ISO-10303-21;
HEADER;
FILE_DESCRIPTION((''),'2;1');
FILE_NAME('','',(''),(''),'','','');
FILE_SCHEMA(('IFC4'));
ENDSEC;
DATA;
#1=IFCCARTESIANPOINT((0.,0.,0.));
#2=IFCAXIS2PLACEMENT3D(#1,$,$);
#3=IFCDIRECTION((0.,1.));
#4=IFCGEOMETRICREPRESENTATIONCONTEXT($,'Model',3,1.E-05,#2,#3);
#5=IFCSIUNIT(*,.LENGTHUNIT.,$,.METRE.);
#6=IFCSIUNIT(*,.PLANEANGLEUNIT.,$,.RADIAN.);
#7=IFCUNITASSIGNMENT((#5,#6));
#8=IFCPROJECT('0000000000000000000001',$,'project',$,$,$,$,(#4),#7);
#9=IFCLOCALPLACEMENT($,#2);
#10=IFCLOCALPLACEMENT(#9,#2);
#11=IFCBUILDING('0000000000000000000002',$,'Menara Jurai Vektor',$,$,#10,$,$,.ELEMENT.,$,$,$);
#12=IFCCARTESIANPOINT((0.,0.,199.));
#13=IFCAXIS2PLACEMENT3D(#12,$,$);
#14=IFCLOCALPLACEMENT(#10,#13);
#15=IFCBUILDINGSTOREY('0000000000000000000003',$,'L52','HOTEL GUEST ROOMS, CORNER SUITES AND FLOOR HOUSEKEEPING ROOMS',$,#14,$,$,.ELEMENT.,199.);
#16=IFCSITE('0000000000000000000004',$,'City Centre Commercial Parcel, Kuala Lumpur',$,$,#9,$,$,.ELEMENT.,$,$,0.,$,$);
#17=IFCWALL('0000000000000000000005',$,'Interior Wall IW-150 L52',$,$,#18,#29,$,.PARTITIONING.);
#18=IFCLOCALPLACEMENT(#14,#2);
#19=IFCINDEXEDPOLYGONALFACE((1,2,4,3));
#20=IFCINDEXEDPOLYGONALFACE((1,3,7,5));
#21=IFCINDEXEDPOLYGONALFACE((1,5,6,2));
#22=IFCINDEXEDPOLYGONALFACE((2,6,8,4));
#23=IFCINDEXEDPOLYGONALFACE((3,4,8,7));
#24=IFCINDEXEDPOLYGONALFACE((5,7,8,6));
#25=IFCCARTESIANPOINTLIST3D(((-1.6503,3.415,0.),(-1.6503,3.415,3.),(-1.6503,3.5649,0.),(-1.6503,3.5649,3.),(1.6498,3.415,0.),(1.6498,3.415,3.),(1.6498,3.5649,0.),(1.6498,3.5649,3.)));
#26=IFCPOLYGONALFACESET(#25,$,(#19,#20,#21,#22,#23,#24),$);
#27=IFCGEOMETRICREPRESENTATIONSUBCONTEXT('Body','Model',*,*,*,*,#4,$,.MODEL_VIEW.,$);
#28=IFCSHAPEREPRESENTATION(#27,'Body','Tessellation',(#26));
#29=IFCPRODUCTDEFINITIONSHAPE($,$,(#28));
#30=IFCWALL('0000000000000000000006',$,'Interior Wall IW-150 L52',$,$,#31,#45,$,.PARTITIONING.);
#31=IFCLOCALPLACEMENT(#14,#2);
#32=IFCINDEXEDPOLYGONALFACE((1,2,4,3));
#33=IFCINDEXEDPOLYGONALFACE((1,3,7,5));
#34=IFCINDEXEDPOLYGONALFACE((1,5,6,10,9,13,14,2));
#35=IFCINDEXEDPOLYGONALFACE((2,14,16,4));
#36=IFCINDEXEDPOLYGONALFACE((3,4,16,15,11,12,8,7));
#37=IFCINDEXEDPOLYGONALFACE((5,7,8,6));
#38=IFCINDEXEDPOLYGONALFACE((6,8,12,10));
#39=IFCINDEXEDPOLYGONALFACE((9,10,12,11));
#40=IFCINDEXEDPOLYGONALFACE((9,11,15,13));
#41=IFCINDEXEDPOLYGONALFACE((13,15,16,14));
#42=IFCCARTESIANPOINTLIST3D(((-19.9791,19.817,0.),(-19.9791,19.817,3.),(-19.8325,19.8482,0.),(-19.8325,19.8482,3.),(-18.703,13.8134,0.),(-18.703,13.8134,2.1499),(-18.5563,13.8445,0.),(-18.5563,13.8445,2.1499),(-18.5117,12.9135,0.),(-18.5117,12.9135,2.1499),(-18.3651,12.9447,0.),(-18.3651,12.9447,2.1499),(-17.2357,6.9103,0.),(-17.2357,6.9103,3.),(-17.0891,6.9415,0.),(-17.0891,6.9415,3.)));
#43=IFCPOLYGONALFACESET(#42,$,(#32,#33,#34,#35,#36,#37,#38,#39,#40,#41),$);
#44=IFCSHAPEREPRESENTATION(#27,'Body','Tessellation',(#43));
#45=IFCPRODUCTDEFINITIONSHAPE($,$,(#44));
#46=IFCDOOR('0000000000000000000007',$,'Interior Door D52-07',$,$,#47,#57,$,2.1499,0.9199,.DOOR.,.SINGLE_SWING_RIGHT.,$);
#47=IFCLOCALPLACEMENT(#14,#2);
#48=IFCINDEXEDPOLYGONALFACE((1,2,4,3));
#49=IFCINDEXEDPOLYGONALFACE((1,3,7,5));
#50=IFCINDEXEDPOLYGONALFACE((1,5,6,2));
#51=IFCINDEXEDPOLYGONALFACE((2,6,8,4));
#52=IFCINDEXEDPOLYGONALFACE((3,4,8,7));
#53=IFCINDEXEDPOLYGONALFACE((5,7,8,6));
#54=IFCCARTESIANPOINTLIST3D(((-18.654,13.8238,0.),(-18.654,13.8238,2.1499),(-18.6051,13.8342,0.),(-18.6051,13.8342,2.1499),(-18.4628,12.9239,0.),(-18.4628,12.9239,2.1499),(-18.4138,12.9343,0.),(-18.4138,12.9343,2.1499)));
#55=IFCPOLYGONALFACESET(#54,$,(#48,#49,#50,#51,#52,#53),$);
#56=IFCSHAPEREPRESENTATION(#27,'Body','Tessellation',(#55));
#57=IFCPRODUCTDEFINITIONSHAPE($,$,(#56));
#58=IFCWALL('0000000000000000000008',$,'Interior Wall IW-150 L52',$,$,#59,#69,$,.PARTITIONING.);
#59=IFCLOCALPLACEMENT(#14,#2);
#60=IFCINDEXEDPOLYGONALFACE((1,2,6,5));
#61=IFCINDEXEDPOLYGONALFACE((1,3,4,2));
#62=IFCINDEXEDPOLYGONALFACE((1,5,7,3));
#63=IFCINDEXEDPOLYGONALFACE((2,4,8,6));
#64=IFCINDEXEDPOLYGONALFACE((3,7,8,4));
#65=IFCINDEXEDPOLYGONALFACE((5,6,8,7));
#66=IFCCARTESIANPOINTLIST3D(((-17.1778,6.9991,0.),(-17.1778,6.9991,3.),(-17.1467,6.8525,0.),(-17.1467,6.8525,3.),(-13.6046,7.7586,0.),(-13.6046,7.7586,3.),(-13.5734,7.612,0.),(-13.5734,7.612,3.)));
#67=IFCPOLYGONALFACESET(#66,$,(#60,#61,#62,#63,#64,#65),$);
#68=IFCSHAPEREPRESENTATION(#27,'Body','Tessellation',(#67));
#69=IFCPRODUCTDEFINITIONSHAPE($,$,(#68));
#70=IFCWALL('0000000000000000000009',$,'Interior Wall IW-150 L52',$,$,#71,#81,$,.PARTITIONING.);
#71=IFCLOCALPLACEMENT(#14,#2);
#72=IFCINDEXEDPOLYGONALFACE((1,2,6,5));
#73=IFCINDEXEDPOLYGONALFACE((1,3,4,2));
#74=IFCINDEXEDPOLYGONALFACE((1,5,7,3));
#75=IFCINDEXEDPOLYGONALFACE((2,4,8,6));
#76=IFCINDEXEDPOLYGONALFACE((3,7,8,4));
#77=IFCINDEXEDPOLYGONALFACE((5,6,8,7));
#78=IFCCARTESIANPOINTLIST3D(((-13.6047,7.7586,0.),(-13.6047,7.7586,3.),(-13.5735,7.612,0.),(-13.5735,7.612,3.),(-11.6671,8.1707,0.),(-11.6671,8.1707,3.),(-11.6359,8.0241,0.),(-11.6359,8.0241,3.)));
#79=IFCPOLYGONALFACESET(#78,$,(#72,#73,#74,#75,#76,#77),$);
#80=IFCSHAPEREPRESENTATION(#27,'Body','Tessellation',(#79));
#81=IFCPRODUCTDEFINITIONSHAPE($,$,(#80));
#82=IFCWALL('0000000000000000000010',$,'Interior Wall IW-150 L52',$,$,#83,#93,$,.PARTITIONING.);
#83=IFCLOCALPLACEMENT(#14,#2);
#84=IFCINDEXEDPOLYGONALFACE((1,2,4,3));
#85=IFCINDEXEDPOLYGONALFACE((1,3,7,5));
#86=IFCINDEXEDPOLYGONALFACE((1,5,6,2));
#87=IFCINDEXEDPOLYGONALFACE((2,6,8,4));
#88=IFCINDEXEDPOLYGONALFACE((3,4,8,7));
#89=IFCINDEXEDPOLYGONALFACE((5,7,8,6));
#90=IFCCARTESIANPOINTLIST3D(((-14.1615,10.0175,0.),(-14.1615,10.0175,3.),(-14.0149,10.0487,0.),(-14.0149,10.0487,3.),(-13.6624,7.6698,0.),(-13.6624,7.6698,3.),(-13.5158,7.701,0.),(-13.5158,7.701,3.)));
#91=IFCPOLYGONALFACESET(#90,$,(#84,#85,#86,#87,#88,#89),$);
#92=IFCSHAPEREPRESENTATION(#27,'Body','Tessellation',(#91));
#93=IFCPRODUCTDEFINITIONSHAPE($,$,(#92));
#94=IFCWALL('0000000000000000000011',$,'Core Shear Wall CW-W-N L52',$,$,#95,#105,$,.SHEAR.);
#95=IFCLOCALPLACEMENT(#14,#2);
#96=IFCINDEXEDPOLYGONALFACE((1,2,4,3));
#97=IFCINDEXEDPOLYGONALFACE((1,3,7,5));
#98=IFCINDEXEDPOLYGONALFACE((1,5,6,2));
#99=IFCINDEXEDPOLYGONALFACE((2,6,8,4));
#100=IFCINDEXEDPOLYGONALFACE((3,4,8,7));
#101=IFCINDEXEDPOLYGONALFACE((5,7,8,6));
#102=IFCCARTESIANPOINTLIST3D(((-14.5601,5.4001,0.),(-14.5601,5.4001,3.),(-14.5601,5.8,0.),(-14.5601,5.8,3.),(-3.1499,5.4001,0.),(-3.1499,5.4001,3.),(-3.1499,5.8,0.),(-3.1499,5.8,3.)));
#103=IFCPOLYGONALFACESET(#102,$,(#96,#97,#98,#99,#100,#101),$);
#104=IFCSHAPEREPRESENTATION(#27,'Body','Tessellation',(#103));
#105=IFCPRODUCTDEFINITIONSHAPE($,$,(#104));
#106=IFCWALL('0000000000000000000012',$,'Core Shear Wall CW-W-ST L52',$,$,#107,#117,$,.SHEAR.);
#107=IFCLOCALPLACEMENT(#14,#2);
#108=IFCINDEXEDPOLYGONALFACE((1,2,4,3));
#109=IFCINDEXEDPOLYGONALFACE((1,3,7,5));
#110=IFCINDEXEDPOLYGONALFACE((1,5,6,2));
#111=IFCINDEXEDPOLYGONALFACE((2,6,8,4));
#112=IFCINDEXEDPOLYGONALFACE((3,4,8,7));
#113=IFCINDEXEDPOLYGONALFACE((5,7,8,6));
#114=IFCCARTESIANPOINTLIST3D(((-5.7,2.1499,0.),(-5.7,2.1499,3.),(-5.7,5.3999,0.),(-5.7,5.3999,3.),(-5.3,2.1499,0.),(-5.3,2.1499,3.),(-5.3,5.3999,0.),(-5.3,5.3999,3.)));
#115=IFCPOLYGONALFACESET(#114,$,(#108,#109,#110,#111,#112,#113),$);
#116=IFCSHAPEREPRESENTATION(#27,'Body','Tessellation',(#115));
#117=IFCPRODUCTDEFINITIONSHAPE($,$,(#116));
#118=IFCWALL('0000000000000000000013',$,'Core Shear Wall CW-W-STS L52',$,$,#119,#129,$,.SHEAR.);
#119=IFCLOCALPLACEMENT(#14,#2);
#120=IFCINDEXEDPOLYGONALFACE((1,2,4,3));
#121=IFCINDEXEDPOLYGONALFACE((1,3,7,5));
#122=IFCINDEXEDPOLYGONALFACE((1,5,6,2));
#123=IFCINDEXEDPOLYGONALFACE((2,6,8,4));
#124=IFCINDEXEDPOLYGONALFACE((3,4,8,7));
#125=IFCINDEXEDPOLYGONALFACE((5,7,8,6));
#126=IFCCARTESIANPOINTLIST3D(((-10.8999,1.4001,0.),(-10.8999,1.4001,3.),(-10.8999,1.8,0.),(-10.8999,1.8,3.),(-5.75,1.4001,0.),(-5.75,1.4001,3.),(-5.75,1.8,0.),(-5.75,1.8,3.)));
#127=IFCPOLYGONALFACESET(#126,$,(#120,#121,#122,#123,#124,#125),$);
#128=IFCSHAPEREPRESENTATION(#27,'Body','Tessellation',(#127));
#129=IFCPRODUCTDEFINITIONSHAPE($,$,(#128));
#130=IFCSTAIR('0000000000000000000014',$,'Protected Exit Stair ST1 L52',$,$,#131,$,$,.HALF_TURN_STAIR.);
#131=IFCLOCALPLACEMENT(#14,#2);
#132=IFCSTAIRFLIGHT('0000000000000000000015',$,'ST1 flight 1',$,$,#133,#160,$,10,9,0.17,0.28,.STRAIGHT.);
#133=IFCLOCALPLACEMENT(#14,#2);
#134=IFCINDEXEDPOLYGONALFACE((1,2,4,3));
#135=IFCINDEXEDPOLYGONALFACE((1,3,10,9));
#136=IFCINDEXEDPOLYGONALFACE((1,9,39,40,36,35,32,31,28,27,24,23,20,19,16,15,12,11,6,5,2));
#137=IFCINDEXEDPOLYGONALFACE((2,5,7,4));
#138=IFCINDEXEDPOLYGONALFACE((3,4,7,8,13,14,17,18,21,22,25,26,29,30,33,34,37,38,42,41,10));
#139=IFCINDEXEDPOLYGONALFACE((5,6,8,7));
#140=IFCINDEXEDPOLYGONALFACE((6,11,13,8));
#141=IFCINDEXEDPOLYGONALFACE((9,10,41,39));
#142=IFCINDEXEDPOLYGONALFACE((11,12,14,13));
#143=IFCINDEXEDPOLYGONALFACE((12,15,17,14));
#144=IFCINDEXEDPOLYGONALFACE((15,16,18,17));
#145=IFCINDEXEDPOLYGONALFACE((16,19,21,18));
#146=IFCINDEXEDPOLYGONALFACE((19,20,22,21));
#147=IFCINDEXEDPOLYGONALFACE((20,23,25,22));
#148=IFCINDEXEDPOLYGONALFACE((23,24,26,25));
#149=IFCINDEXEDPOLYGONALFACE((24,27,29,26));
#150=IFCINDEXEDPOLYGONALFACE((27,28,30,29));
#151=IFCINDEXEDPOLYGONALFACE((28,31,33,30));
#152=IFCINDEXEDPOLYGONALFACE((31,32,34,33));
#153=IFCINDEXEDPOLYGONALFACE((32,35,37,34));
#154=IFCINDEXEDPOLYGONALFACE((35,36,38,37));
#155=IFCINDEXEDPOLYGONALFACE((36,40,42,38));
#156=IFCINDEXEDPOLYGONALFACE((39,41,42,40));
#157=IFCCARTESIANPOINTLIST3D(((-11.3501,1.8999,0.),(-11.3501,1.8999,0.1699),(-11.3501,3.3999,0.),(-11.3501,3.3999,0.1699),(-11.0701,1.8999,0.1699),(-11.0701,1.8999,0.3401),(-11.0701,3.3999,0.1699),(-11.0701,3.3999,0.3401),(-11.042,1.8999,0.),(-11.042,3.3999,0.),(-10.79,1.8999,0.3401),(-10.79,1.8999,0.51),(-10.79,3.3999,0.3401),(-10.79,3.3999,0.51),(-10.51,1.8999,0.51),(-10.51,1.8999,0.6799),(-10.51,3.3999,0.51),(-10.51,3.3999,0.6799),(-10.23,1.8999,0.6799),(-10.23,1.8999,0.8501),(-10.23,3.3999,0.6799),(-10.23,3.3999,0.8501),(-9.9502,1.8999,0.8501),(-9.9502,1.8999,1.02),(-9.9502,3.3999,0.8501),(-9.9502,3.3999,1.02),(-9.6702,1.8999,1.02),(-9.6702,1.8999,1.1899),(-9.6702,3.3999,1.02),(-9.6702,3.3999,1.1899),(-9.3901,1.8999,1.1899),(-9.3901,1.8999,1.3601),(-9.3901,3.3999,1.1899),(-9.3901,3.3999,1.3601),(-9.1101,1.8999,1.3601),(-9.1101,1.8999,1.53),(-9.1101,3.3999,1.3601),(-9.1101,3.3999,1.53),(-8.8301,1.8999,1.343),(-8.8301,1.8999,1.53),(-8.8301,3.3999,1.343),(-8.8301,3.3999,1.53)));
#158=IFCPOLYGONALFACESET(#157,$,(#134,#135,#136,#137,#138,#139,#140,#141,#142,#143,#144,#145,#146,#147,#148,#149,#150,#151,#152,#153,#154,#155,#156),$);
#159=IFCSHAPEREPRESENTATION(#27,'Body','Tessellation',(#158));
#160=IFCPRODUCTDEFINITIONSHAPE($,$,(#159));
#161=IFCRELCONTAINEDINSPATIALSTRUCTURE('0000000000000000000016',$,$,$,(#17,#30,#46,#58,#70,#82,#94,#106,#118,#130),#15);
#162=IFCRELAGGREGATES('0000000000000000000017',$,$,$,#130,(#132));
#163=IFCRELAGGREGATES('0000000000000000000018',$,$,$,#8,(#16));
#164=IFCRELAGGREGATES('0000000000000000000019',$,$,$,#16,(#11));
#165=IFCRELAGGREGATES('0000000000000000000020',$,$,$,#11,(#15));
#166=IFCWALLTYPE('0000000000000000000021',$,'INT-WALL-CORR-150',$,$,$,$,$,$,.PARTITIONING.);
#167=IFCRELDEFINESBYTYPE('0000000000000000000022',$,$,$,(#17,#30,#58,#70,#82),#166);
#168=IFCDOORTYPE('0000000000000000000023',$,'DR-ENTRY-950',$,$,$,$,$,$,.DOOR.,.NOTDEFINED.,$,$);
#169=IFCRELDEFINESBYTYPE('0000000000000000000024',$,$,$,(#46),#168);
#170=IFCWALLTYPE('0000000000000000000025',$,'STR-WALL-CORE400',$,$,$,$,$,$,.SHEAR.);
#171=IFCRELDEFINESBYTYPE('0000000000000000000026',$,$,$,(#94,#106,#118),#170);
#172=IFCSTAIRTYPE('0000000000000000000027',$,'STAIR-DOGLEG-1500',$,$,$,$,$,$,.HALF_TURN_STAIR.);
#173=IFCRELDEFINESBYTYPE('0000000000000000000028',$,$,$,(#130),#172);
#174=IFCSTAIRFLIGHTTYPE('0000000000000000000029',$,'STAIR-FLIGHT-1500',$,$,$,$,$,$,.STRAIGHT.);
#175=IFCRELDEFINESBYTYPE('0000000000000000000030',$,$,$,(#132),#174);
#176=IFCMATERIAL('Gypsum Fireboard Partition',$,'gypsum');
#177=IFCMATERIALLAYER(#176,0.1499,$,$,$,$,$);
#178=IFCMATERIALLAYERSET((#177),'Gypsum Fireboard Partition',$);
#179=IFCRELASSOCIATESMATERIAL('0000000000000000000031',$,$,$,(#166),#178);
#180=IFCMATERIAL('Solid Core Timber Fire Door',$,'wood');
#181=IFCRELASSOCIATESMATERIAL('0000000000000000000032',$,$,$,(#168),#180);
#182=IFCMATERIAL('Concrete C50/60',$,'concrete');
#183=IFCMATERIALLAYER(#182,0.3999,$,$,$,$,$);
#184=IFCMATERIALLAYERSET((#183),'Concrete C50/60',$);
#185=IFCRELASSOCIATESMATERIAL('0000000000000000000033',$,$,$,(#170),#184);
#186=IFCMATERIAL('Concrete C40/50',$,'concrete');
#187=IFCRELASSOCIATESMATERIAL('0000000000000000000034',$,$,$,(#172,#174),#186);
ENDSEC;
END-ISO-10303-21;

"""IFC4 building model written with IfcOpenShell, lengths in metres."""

from ifc_helpers import new_model, si_unit, direction, frame, frame_2d, origin, place, context, subcontext, project, spatial, polyline, rectangle, outline, extrude, material, layer, layer_set, type_object, element, fill, aggregate, save


model = new_model("IFC4")

# Units and contexts
model_context = context("Model", 3, precision=1e-05, world=origin(), true_north=direction((0.0, 1.0)))
body_context = subcontext(model_context, "Body", "Model", "MODEL_VIEW")
ifc_project = project(units=[si_unit("LENGTHUNIT", "METRE"), si_unit("PLANEANGLEUNIT", "RADIAN")], contexts=[model_context])

# Site, building, storey
site_placement = place(None, origin())
site = spatial("IfcSite", under=ifc_project, at=site_placement, Name="City Centre Commercial Parcel, Kuala Lumpur", CompositionType="ELEMENT", RefElevation=0.0)
building_placement = place(site_placement, origin())
building = spatial("IfcBuilding", under=site, at=building_placement, Name="Menara Jurai Vektor", CompositionType="ELEMENT")
storey_placement = place(building_placement, frame((0.0, 0.0, 199.0)))
storey = spatial("IfcBuildingStorey", under=building, at=storey_placement, Name="L52", Description="HOTEL GUEST ROOMS, CORNER SUITES AND FLOOR HOUSEKEEPING ROOMS", CompositionType="ELEMENT", Elevation=199.0)

# Shared definitions
ifc_material_1 = material(Name="Concrete C50/60", Category="concrete")

# Shared definitions
ifc_material_2 = material(Name="Concrete C40/50", Category="concrete")

# Wall
ifc_material_3 = material(Name="Gypsum Fireboard Partition", Category="gypsum")
ifc_layer_1 = layer(ifc_material_3, 0.1499)
ifc_layer_set_1 = layer_set([ifc_layer_1], Name="Gypsum Fireboard Partition")
wall_type_1 = type_object("IfcWallType", Name="INT-WALL-CORR-150", PredefinedType="PARTITIONING", material=ifc_layer_set_1)
wall_1_placement = place(storey_placement, frame((-1.6501, 3.49, 0.0), z_axis=(0.0, 0.0, 1.0), x_axis=(1.0, 0.0, 0.0)))
element("IfcWall", 1, at=wall_1_placement, inside=storey, type_object=wall_type_1, Name="Interior Wall IW-150 L52", PredefinedType="PARTITIONING", context=body_context, shape_type="SweptSolid", body=[
    extrude(rectangle(XDim=3.3, YDim=0.1499, at=frame_2d((1.6499, 0.0))), origin(), (0.0, 0.0, 1.0), 3.0),
])

# Wall, opening, door
wall_2_placement = place(storey_placement, frame((-17.1624, 6.9258, 0.0), z_axis=(0.0, 0.0, 1.0), x_axis=(-0.207911, 0.978148, 0.0)))
wall_2 = element("IfcWall", 2, at=wall_2_placement, inside=storey, type_object=wall_type_1, Name="Interior Wall IW-150 L52", PredefinedType="PARTITIONING", context=body_context, shape_type="SweptSolid", body=[
    extrude(rectangle(XDim=13.1951, YDim=0.1499, at=frame_2d((6.5977, 0.0))), origin(), (0.0, 0.0, 1.0), 3.0),
])
opening_1_placement = place(wall_2_placement, frame((6.1375, 0.0, 0.0)))
opening_1 = element("IfcOpeningElement", 3, at=opening_1_placement, cuts=wall_2, PredefinedType="OPENING", context=body_context, shape_type="SweptSolid", body=[
    extrude(rectangle(XDim=0.9199, YDim=2.1499, at=frame_2d((0.46, 1.075))), frame((0.0, 0.085, 0.0), z_axis=(0.0, -1.0, 0.0), x_axis=(1.0, 0.0, 0.0)), (0.0, 0.0, 1.0), 0.1699),
])
ifc_material_4 = material(Name="Solid Core Timber Fire Door", Category="wood")
door_type_1 = type_object("IfcDoorType", Name="DR-ENTRY-950", OperationType="NOTDEFINED", PredefinedType="DOOR", material=ifc_material_4)
door_1_placement = place(opening_1_placement, origin())
door_1 = element("IfcDoor", 4, at=door_1_placement, inside=storey, type_object=door_type_1, Name="Interior Door D52-07", OperationType="SINGLE_SWING_RIGHT", OverallHeight=2.1499, OverallWidth=0.9199, PredefinedType="DOOR", context=body_context, shape_type="SweptSolid", body=[
    extrude(rectangle(XDim=0.9199, YDim=2.1499, at=frame_2d((0.46, 1.075))), frame((0.0, 0.0249, 0.0), z_axis=(0.0, -1.0, 0.0), x_axis=(1.0, 0.0, 0.0)), (0.0, 0.0, 1.0), 0.05),
])
fill(opening_1, door_1)

# Wall
wall_3_placement = place(storey_placement, frame((-17.1624, 6.9258, 0.0), z_axis=(0.0, 0.0, 1.0), x_axis=(0.978147, 0.207913, 0.0)))
element("IfcWall", 5, at=wall_3_placement, inside=storey, type_object=wall_type_1, Name="Interior Wall IW-150 L52", PredefinedType="PARTITIONING", context=body_context, shape_type="SweptSolid", body=[
    extrude(rectangle(XDim=3.6531, YDim=0.1499, at=frame_2d((1.8267, 0.0))), origin(), (0.0, 0.0, 1.0), 3.0),
])

# Walls
wall_4_placement = place(storey_placement, frame((-13.5891, 7.6853, 0.0), z_axis=(0.0, 0.0, 1.0), x_axis=(0.978119, 0.208047, 0.0)))
element("IfcWall", 6, at=wall_4_placement, inside=storey, type_object=wall_type_1, Name="Interior Wall IW-150 L52", PredefinedType="PARTITIONING", context=body_context, shape_type="SweptSolid", body=[
    extrude(rectangle(XDim=1.981, YDim=0.1499, at=frame_2d((0.9905, 0.0))), origin(), (0.0, 0.0, 1.0), 3.0),
])
wall_5_placement = place(storey_placement, frame((-13.5891, 7.6853, 0.0), z_axis=(0.0, 0.0, 1.0), x_axis=(-0.207917, 0.978146, 0.0)))
element("IfcWall", 7, at=wall_5_placement, inside=storey, type_object=wall_type_1, Name="Interior Wall IW-150 L52", PredefinedType="PARTITIONING", context=body_context, shape_type="SweptSolid", body=[
    extrude(rectangle(XDim=2.4001, YDim=0.1499, at=frame_2d((1.2002, 0.0))), origin(), (0.0, 0.0, 1.0), 3.0),
])

# Walls
ifc_layer_2 = layer(ifc_material_1, 0.3999)
ifc_layer_set_2 = layer_set([ifc_layer_2], Name="Concrete C50/60")
wall_type_2 = type_object("IfcWallType", Name="STR-WALL-CORE400", PredefinedType="SHEAR", material=ifc_layer_set_2)
wall_6_placement = place(storey_placement, frame((-14.5601, 5.6001, 0.0), z_axis=(0.0, 0.0, 1.0), x_axis=(1.0, 0.0, 0.0)))
element("IfcWall", 8, at=wall_6_placement, inside=storey, type_object=wall_type_2, Name="Core Shear Wall CW-W-N L52", PredefinedType="SHEAR", context=body_context, shape_type="SweptSolid", body=[
    extrude(rectangle(XDim=11.4102, YDim=0.3999, at=frame_2d((5.7051, 0.0))), origin(), (0.0, 0.0, 1.0), 3.0),
])
wall_7_placement = place(storey_placement, frame((-5.5, 2.1499, 0.0), z_axis=(0.0, 0.0, 1.0), x_axis=(0.0, 1.0, 0.0)))
element("IfcWall", 9, at=wall_7_placement, inside=storey, type_object=wall_type_2, Name="Core Shear Wall CW-W-ST L52", PredefinedType="SHEAR", context=body_context, shape_type="SweptSolid", body=[
    extrude(rectangle(XDim=3.25, YDim=0.3999, at=frame_2d((1.625, 0.0))), origin(), (0.0, 0.0, 1.0), 3.0),
])
wall_8_placement = place(storey_placement, frame((-10.8999, 1.6001, 0.0), z_axis=(0.0, 0.0, 1.0), x_axis=(1.0, 0.0, 0.0)))
element("IfcWall", 10, at=wall_8_placement, inside=storey, type_object=wall_type_2, Name="Core Shear Wall CW-W-STS L52", PredefinedType="SHEAR", context=body_context, shape_type="SweptSolid", body=[
    extrude(rectangle(XDim=5.1499, YDim=0.3999, at=frame_2d((2.575, 0.0))), origin(), (0.0, 0.0, 1.0), 3.0),
])

# Stair, stair flight
stair_type = type_object("IfcStairType", Name="STAIR-DOGLEG-1500", PredefinedType="HALF_TURN_STAIR", material=ifc_material_2)
stair_placement = place(storey_placement, origin())
stair = element("IfcStair", 11, at=stair_placement, inside=storey, type_object=stair_type, Name="Protected Exit Stair ST1 L52", PredefinedType="HALF_TURN_STAIR")
stair_flight_type = type_object("IfcStairFlightType", Name="STAIR-FLIGHT-1500", PredefinedType="STRAIGHT", material=ifc_material_2)
stair_flight_1_placement = place(storey_placement, frame((-11.3501, 2.6499, 0.0), z_axis=(0.0, 0.0, 1.0), x_axis=(1.0, 0.0, 0.0)))
stair_flight_1 = element("IfcStairFlight", 12, at=stair_flight_1_placement, type_object=stair_flight_type, Name="ST1 flight 1", NumberOfRisers=10, NumberOfTreads=9, PredefinedType="STRAIGHT", RiserHeight=0.17, TreadLength=0.28, context=body_context, shape_type="SweptSolid", body=[
    extrude(outline(polyline([(0.0, 0.0), (0.0, 0.1699), (0.28, 0.1699), (0.28, 0.3401), (0.5601, 0.3401), (0.5601, 0.51), (0.8401, 0.51), (0.8401, 0.6799), (1.1201, 0.6799), (1.1201, 0.8501), (1.3999, 0.8501), (1.3999, 1.02), (1.6799, 1.02), (1.6799, 1.1899), (1.96, 1.1899), (1.96, 1.3601), (2.24, 1.3601), (2.24, 1.53), (2.52, 1.53), (2.52, 1.7), (2.52, 1.343), (0.3081, 0.0), (0.0, 0.0)])), frame((0.0, 0.75, 0.0), z_axis=(0.0, -1.0, 0.0), x_axis=(1.0, 0.0, 0.0)), (0.0, 0.0, 1.0), 1.5),
])
aggregate(stair, [stair_flight_1])

save(model, "model.ifc")
